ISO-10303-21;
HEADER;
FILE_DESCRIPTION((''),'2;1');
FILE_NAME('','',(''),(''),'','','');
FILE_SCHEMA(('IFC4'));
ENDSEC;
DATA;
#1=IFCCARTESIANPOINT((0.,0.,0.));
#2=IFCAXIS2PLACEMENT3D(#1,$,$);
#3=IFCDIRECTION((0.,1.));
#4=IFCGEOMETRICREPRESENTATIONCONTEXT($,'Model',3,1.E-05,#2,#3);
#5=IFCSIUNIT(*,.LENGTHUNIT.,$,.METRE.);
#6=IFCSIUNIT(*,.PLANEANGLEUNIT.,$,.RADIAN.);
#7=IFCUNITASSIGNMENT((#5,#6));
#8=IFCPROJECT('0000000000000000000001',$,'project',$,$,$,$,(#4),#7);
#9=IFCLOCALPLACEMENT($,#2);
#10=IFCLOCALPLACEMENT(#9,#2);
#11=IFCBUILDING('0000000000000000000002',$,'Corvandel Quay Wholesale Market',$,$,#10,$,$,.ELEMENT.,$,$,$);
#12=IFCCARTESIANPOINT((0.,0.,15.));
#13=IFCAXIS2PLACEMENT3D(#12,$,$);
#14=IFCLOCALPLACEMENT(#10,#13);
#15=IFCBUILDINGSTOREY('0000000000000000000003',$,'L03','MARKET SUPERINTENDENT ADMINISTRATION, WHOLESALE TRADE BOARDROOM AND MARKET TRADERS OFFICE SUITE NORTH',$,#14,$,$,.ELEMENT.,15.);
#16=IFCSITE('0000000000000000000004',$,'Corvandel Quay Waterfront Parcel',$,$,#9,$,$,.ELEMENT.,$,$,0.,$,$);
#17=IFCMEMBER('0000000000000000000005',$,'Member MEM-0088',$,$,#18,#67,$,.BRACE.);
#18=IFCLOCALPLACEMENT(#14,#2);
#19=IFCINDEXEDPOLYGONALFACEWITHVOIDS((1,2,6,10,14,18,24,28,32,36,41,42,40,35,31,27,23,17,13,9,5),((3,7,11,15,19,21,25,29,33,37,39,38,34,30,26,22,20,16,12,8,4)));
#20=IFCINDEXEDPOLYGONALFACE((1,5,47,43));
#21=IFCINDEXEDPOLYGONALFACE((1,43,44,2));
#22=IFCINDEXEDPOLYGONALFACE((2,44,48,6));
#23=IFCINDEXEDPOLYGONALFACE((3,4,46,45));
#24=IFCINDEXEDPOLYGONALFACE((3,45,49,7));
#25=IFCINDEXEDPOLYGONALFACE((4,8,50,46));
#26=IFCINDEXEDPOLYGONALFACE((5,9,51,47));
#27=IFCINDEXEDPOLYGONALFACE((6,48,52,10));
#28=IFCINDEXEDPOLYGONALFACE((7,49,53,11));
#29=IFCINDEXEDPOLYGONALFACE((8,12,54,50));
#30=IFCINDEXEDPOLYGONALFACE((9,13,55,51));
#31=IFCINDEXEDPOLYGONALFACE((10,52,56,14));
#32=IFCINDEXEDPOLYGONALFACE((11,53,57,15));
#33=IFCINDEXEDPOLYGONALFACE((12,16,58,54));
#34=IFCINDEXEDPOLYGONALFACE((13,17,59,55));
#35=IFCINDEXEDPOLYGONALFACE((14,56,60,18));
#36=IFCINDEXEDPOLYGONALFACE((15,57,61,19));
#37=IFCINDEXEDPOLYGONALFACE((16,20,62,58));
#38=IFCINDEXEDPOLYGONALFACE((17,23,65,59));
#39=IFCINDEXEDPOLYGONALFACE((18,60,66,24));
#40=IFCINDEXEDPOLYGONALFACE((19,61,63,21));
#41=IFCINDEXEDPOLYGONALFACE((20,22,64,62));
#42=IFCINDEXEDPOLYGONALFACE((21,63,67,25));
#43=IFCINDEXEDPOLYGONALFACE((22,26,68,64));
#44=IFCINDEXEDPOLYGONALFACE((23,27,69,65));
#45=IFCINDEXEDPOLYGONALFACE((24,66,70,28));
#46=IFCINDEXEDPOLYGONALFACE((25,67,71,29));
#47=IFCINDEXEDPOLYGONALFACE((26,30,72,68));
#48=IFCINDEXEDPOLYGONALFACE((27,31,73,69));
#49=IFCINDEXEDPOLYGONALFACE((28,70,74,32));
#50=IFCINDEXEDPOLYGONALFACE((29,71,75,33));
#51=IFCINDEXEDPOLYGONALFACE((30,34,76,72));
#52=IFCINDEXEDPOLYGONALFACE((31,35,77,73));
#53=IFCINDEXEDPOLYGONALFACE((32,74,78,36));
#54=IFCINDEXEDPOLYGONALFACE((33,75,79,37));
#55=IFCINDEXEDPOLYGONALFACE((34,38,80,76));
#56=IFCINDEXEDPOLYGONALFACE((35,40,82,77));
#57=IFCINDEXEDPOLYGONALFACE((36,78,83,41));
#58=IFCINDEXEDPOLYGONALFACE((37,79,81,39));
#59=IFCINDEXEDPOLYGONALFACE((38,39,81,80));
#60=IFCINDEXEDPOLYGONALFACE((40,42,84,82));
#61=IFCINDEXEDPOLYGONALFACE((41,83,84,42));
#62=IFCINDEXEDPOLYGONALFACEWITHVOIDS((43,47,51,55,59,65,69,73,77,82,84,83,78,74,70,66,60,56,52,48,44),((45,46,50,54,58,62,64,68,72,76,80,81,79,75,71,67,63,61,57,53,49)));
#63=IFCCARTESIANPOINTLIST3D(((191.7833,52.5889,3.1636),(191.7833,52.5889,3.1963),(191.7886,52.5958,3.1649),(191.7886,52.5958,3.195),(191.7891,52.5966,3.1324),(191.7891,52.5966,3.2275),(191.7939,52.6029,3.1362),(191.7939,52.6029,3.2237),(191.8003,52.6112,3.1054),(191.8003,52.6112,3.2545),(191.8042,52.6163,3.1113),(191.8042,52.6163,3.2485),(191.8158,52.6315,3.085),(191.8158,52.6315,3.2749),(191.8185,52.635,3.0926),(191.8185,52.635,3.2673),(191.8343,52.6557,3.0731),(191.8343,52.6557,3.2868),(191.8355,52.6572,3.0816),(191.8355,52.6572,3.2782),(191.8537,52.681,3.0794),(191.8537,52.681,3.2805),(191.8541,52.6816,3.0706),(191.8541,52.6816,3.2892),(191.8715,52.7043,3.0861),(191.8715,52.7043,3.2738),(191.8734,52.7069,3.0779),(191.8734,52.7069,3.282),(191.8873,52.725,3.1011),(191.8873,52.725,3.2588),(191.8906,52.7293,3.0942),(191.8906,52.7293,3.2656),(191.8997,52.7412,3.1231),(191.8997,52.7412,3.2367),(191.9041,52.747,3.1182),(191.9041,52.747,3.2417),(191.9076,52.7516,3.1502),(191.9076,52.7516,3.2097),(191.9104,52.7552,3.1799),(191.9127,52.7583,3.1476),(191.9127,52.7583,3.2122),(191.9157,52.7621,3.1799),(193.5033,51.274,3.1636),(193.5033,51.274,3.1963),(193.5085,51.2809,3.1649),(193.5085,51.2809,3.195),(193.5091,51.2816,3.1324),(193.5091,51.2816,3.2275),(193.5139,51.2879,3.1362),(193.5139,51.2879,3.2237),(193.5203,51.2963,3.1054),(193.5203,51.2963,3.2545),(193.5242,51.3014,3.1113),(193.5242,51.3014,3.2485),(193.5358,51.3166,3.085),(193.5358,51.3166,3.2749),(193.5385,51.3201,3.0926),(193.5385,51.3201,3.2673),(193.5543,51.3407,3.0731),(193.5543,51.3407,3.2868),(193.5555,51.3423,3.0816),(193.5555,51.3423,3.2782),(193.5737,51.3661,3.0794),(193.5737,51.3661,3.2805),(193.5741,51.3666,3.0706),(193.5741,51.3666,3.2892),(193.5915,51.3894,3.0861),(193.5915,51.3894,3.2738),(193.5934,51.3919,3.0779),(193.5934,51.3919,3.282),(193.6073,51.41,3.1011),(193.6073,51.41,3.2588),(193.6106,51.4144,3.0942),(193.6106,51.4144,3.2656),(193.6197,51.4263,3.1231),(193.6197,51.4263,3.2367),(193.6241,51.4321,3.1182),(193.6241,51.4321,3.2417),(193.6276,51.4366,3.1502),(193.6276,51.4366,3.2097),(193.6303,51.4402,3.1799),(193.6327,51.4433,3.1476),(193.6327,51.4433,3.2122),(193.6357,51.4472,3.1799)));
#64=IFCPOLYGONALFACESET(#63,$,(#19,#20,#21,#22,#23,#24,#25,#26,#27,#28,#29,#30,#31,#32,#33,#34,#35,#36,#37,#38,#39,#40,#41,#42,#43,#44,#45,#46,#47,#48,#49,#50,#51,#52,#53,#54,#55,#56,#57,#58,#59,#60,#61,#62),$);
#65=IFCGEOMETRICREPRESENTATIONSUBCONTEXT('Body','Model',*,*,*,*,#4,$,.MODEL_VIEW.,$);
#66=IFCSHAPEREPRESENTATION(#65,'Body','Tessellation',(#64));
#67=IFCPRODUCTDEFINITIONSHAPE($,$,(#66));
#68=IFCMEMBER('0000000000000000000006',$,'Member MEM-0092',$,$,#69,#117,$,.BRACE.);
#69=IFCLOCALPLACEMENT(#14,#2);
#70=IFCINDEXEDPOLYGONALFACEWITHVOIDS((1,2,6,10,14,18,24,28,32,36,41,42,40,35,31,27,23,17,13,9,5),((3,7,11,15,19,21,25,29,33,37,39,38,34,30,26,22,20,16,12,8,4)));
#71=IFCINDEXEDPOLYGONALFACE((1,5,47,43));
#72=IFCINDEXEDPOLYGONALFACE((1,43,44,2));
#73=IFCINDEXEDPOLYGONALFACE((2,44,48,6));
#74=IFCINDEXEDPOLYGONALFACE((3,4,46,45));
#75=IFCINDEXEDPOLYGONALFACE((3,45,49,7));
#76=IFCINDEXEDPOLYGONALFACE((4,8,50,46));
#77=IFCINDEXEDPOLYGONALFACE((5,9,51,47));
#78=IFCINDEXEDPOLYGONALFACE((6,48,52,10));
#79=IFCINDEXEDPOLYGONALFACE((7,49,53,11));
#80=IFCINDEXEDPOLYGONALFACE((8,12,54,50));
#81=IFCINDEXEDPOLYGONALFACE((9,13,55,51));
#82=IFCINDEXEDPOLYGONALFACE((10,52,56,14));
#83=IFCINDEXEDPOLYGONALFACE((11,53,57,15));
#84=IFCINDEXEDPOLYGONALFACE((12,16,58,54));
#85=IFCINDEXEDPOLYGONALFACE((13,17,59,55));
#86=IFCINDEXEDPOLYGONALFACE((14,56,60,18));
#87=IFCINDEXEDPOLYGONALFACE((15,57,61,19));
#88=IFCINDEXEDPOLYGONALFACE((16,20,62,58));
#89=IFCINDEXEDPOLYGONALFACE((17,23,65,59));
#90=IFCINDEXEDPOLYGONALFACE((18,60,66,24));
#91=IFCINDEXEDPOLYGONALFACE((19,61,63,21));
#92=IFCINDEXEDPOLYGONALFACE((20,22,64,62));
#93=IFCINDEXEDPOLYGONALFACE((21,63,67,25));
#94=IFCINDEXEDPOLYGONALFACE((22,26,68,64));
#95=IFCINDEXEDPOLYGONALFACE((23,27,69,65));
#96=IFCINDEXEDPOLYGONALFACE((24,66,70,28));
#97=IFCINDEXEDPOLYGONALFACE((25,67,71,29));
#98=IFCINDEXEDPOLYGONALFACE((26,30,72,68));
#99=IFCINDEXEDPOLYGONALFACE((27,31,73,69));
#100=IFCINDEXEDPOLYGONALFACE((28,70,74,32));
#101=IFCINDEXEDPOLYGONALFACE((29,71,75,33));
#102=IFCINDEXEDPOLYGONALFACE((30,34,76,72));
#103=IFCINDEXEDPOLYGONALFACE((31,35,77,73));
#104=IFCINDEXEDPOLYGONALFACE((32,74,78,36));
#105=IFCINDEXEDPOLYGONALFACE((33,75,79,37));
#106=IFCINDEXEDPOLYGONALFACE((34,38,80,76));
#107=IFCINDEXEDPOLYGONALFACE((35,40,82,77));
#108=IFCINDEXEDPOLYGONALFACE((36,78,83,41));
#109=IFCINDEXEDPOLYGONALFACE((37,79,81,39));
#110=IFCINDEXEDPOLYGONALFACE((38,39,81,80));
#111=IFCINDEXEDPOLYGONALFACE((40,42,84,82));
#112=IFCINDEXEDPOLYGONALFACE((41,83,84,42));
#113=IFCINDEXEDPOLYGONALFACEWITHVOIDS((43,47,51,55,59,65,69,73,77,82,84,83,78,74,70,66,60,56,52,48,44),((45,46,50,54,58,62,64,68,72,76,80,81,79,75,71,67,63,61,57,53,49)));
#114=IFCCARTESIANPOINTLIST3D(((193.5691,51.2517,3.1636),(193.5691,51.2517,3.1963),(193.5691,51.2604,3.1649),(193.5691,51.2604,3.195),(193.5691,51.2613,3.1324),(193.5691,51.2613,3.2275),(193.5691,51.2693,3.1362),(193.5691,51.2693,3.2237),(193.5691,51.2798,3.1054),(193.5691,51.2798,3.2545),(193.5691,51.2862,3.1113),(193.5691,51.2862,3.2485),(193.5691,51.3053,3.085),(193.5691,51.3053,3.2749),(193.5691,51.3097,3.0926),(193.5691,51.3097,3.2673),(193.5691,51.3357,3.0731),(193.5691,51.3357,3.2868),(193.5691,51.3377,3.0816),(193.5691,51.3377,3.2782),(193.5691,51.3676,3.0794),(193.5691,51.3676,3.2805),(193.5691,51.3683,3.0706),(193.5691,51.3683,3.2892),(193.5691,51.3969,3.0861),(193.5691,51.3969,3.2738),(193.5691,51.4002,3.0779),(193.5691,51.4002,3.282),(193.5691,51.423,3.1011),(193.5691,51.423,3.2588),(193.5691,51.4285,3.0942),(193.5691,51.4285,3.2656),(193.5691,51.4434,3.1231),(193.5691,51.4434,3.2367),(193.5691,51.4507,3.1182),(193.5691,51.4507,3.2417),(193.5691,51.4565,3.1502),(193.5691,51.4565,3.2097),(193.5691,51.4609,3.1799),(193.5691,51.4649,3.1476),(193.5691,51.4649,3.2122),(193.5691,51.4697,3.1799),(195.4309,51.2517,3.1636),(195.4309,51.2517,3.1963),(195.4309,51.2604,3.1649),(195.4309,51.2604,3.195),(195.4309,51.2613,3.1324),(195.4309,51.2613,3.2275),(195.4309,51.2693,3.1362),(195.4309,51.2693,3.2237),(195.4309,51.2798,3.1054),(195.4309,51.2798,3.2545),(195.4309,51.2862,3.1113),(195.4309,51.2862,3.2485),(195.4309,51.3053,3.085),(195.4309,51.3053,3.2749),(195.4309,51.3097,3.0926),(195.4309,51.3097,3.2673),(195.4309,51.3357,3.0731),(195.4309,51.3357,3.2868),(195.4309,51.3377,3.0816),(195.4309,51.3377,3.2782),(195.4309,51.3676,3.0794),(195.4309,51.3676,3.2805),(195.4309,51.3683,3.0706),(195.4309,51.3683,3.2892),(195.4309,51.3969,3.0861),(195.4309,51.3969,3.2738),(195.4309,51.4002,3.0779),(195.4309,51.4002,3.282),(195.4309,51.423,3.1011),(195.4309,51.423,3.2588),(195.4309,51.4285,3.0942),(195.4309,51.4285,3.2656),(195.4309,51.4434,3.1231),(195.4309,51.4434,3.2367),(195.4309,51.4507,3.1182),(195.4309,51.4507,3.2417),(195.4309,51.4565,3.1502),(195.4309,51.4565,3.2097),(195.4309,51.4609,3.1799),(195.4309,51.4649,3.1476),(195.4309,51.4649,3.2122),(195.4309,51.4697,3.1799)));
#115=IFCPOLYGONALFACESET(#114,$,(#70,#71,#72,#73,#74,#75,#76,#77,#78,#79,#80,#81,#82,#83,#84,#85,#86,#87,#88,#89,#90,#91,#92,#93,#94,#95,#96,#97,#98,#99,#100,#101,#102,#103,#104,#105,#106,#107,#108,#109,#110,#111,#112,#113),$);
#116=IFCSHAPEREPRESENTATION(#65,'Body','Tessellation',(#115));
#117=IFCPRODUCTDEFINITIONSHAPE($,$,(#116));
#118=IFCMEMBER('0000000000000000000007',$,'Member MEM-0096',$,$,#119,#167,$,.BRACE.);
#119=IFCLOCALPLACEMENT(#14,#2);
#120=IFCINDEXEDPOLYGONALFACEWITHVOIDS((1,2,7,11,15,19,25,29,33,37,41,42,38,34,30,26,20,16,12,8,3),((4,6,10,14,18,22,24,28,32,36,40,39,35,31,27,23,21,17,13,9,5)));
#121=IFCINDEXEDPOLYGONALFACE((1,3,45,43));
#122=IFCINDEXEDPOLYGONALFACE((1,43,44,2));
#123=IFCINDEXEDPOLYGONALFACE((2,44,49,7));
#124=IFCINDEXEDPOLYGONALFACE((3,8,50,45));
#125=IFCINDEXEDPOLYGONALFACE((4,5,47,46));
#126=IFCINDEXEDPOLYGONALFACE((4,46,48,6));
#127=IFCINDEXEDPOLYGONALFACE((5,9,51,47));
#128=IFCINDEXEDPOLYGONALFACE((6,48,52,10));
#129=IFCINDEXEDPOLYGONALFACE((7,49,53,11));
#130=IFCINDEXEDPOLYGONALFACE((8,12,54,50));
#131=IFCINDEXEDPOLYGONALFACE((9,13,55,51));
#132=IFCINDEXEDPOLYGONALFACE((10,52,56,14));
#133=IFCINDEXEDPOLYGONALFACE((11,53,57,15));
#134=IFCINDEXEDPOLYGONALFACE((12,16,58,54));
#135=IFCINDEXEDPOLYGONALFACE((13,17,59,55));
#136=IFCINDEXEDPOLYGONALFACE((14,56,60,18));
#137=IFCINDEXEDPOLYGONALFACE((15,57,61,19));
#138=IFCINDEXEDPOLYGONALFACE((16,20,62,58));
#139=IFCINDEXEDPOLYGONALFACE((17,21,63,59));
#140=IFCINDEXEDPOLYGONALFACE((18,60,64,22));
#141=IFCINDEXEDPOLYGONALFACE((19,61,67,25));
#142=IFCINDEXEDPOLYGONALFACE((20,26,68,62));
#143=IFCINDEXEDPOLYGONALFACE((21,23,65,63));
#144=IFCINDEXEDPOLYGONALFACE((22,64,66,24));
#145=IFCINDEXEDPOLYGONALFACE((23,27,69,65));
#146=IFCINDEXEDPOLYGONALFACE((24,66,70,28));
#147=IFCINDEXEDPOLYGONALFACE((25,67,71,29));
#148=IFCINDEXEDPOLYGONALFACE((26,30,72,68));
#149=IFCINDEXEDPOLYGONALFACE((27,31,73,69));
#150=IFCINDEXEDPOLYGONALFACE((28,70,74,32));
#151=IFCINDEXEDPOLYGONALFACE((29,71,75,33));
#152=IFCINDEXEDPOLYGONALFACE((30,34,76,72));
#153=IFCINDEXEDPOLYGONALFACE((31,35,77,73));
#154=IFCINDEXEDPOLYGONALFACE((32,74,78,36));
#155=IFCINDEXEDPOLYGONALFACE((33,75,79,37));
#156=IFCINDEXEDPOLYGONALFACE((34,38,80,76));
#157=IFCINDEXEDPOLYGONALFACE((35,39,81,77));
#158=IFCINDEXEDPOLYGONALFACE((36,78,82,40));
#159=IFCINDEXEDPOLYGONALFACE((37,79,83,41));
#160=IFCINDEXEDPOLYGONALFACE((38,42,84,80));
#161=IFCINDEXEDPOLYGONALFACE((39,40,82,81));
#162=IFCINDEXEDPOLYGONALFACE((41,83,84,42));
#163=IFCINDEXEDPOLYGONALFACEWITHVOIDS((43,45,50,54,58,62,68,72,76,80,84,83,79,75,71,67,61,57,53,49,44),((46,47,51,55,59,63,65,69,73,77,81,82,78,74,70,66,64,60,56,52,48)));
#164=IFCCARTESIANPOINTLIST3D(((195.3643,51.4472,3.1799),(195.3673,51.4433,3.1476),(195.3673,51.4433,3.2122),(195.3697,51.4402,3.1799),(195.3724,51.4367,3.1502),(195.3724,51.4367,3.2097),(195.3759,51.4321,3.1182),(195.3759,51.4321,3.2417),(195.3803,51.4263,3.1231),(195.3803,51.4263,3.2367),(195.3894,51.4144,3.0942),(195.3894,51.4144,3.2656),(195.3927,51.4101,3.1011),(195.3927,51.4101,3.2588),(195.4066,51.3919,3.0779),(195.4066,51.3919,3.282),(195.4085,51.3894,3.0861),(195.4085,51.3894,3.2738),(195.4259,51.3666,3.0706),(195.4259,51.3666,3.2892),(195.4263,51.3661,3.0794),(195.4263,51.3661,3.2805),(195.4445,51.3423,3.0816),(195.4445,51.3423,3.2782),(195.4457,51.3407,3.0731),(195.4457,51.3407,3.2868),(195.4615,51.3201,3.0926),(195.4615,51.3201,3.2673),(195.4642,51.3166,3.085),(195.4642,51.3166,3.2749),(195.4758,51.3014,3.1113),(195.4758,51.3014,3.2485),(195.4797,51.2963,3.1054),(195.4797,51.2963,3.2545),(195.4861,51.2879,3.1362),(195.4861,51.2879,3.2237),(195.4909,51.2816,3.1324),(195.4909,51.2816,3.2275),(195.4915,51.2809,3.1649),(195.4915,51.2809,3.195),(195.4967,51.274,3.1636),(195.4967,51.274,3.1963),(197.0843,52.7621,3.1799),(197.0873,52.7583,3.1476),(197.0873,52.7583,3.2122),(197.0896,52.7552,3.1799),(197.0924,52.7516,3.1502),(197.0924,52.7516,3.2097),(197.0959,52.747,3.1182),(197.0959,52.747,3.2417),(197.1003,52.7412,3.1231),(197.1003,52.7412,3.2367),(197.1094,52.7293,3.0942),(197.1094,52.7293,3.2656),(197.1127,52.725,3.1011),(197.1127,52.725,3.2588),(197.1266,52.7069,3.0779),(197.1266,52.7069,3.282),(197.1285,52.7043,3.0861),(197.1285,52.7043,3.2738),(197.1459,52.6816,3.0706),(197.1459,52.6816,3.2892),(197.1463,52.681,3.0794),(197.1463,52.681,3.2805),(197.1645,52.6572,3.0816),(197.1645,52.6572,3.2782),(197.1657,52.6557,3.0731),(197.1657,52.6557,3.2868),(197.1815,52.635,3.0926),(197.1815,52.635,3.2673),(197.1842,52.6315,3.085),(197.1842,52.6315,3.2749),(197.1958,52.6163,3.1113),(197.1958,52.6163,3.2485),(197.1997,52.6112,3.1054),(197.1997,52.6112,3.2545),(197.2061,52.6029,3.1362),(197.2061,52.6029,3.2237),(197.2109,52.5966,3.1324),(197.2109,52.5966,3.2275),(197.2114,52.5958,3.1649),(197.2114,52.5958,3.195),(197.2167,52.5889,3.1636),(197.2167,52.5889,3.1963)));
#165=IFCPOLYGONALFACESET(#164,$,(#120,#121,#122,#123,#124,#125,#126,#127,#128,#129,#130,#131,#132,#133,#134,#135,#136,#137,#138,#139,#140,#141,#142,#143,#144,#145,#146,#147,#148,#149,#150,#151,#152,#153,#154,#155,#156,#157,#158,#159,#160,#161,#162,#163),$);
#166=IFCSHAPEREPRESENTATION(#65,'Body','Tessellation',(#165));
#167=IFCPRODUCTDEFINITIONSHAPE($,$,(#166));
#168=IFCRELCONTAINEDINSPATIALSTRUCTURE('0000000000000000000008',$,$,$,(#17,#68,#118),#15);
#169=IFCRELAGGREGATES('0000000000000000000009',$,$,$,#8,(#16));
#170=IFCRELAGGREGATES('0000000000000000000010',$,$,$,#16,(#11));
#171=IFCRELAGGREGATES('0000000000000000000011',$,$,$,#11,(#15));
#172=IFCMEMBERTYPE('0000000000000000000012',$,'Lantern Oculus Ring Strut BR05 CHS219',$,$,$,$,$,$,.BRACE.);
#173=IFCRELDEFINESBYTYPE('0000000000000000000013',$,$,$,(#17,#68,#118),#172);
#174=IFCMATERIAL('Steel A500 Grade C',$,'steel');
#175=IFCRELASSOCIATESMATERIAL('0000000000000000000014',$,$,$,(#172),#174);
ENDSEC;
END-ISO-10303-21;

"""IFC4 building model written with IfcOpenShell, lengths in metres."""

from ifc_helpers import new_model, si_unit, direction, frame, origin, origin_2d, place, context, subcontext, project, spatial, hollow_circle, extrude, material, material_profile, profile_set, type_object, element, save


model = new_model("IFC4")

# Units and contexts
model_context = context("Model", 3, precision=1e-05, world=origin(), true_north=direction((0.0, 1.0)))
body_context = subcontext(model_context, "Body", "Model", "MODEL_VIEW")
ifc_project = project(units=[si_unit("LENGTHUNIT", "METRE"), si_unit("PLANEANGLEUNIT", "RADIAN")], contexts=[model_context])

# Site, building, storey
site_placement = place(None, origin())
site = spatial("IfcSite", under=ifc_project, at=site_placement, Name="Corvandel Quay Waterfront Parcel", CompositionType="ELEMENT", RefElevation=0.0)
building_placement = place(site_placement, origin())
building = spatial("IfcBuilding", under=site, at=building_placement, Name="Corvandel Quay Wholesale Market", CompositionType="ELEMENT")
storey_placement = place(building_placement, frame((0.0, 0.0, 15.0)))
storey = spatial("IfcBuildingStorey", under=building, at=storey_placement, Name="L03", Description="MARKET SUPERINTENDENT ADMINISTRATION, WHOLESALE TRADE BOARDROOM AND MARKET TRADERS OFFICE SUITE NORTH", CompositionType="ELEMENT", Elevation=15.0)

# Shared definitions
ifc_material_1 = material(Name="Steel A500 Grade C", Category="steel")

# Members
ifc_material_profile_1 = material_profile(ifc_material_1, hollow_circle(Radius=0.1096, WallThickness=0.0088, at=origin_2d()), Name="HSS8.625X0.375")
ifc_profile_set_1 = profile_set([ifc_material_profile_1], Name="Steel A500 Grade C")
member_type_1 = type_object("IfcMemberType", Name="Lantern Oculus Ring Strut BR05 CHS219", PredefinedType="BRACE", material=ifc_profile_set_1)
member_1_placement = place(storey_placement, frame((191.8491, 52.675, 3.1799), z_axis=(0.794431, -0.607354, 0.0), x_axis=(0.607354, 0.794431, 0.0)))
element("IfcMember", 1, at=member_1_placement, inside=storey, type_object=member_type_1, Name="Member MEM-0088", PredefinedType="BRACE", context=body_context, shape_type="SweptSolid", body=[
    extrude(hollow_circle(Radius=0.1096, WallThickness=0.0088, at=origin_2d()), origin(), (0.0, 0.0, 1.0), 2.165),
])
member_2_placement = place(storey_placement, frame((193.5691, 51.3601, 3.1799), z_axis=(1.0, 0.0, 0.0), x_axis=(0.0, 1.0, 0.0)))
element("IfcMember", 2, at=member_2_placement, inside=storey, type_object=member_type_1, Name="Member MEM-0092", PredefinedType="BRACE", context=body_context, shape_type="SweptSolid", body=[
    extrude(hollow_circle(Radius=0.1096, WallThickness=0.0088, at=origin_2d()), origin(), (0.0, 0.0, 1.0), 1.8618),
])
member_3_placement = place(storey_placement, frame((195.4309, 51.3601, 3.1799), z_axis=(0.794431, 0.607354, 0.0), x_axis=(-0.607354, 0.794431, 0.0)))
element("IfcMember", 3, at=member_3_placement, inside=storey, type_object=member_type_1, Name="Member MEM-0096", PredefinedType="BRACE", context=body_context, shape_type="SweptSolid", body=[
    extrude(hollow_circle(Radius=0.1096, WallThickness=0.0088, at=origin_2d()), origin(), (0.0, 0.0, 1.0), 2.165),
])

save(model, "model.ifc")
